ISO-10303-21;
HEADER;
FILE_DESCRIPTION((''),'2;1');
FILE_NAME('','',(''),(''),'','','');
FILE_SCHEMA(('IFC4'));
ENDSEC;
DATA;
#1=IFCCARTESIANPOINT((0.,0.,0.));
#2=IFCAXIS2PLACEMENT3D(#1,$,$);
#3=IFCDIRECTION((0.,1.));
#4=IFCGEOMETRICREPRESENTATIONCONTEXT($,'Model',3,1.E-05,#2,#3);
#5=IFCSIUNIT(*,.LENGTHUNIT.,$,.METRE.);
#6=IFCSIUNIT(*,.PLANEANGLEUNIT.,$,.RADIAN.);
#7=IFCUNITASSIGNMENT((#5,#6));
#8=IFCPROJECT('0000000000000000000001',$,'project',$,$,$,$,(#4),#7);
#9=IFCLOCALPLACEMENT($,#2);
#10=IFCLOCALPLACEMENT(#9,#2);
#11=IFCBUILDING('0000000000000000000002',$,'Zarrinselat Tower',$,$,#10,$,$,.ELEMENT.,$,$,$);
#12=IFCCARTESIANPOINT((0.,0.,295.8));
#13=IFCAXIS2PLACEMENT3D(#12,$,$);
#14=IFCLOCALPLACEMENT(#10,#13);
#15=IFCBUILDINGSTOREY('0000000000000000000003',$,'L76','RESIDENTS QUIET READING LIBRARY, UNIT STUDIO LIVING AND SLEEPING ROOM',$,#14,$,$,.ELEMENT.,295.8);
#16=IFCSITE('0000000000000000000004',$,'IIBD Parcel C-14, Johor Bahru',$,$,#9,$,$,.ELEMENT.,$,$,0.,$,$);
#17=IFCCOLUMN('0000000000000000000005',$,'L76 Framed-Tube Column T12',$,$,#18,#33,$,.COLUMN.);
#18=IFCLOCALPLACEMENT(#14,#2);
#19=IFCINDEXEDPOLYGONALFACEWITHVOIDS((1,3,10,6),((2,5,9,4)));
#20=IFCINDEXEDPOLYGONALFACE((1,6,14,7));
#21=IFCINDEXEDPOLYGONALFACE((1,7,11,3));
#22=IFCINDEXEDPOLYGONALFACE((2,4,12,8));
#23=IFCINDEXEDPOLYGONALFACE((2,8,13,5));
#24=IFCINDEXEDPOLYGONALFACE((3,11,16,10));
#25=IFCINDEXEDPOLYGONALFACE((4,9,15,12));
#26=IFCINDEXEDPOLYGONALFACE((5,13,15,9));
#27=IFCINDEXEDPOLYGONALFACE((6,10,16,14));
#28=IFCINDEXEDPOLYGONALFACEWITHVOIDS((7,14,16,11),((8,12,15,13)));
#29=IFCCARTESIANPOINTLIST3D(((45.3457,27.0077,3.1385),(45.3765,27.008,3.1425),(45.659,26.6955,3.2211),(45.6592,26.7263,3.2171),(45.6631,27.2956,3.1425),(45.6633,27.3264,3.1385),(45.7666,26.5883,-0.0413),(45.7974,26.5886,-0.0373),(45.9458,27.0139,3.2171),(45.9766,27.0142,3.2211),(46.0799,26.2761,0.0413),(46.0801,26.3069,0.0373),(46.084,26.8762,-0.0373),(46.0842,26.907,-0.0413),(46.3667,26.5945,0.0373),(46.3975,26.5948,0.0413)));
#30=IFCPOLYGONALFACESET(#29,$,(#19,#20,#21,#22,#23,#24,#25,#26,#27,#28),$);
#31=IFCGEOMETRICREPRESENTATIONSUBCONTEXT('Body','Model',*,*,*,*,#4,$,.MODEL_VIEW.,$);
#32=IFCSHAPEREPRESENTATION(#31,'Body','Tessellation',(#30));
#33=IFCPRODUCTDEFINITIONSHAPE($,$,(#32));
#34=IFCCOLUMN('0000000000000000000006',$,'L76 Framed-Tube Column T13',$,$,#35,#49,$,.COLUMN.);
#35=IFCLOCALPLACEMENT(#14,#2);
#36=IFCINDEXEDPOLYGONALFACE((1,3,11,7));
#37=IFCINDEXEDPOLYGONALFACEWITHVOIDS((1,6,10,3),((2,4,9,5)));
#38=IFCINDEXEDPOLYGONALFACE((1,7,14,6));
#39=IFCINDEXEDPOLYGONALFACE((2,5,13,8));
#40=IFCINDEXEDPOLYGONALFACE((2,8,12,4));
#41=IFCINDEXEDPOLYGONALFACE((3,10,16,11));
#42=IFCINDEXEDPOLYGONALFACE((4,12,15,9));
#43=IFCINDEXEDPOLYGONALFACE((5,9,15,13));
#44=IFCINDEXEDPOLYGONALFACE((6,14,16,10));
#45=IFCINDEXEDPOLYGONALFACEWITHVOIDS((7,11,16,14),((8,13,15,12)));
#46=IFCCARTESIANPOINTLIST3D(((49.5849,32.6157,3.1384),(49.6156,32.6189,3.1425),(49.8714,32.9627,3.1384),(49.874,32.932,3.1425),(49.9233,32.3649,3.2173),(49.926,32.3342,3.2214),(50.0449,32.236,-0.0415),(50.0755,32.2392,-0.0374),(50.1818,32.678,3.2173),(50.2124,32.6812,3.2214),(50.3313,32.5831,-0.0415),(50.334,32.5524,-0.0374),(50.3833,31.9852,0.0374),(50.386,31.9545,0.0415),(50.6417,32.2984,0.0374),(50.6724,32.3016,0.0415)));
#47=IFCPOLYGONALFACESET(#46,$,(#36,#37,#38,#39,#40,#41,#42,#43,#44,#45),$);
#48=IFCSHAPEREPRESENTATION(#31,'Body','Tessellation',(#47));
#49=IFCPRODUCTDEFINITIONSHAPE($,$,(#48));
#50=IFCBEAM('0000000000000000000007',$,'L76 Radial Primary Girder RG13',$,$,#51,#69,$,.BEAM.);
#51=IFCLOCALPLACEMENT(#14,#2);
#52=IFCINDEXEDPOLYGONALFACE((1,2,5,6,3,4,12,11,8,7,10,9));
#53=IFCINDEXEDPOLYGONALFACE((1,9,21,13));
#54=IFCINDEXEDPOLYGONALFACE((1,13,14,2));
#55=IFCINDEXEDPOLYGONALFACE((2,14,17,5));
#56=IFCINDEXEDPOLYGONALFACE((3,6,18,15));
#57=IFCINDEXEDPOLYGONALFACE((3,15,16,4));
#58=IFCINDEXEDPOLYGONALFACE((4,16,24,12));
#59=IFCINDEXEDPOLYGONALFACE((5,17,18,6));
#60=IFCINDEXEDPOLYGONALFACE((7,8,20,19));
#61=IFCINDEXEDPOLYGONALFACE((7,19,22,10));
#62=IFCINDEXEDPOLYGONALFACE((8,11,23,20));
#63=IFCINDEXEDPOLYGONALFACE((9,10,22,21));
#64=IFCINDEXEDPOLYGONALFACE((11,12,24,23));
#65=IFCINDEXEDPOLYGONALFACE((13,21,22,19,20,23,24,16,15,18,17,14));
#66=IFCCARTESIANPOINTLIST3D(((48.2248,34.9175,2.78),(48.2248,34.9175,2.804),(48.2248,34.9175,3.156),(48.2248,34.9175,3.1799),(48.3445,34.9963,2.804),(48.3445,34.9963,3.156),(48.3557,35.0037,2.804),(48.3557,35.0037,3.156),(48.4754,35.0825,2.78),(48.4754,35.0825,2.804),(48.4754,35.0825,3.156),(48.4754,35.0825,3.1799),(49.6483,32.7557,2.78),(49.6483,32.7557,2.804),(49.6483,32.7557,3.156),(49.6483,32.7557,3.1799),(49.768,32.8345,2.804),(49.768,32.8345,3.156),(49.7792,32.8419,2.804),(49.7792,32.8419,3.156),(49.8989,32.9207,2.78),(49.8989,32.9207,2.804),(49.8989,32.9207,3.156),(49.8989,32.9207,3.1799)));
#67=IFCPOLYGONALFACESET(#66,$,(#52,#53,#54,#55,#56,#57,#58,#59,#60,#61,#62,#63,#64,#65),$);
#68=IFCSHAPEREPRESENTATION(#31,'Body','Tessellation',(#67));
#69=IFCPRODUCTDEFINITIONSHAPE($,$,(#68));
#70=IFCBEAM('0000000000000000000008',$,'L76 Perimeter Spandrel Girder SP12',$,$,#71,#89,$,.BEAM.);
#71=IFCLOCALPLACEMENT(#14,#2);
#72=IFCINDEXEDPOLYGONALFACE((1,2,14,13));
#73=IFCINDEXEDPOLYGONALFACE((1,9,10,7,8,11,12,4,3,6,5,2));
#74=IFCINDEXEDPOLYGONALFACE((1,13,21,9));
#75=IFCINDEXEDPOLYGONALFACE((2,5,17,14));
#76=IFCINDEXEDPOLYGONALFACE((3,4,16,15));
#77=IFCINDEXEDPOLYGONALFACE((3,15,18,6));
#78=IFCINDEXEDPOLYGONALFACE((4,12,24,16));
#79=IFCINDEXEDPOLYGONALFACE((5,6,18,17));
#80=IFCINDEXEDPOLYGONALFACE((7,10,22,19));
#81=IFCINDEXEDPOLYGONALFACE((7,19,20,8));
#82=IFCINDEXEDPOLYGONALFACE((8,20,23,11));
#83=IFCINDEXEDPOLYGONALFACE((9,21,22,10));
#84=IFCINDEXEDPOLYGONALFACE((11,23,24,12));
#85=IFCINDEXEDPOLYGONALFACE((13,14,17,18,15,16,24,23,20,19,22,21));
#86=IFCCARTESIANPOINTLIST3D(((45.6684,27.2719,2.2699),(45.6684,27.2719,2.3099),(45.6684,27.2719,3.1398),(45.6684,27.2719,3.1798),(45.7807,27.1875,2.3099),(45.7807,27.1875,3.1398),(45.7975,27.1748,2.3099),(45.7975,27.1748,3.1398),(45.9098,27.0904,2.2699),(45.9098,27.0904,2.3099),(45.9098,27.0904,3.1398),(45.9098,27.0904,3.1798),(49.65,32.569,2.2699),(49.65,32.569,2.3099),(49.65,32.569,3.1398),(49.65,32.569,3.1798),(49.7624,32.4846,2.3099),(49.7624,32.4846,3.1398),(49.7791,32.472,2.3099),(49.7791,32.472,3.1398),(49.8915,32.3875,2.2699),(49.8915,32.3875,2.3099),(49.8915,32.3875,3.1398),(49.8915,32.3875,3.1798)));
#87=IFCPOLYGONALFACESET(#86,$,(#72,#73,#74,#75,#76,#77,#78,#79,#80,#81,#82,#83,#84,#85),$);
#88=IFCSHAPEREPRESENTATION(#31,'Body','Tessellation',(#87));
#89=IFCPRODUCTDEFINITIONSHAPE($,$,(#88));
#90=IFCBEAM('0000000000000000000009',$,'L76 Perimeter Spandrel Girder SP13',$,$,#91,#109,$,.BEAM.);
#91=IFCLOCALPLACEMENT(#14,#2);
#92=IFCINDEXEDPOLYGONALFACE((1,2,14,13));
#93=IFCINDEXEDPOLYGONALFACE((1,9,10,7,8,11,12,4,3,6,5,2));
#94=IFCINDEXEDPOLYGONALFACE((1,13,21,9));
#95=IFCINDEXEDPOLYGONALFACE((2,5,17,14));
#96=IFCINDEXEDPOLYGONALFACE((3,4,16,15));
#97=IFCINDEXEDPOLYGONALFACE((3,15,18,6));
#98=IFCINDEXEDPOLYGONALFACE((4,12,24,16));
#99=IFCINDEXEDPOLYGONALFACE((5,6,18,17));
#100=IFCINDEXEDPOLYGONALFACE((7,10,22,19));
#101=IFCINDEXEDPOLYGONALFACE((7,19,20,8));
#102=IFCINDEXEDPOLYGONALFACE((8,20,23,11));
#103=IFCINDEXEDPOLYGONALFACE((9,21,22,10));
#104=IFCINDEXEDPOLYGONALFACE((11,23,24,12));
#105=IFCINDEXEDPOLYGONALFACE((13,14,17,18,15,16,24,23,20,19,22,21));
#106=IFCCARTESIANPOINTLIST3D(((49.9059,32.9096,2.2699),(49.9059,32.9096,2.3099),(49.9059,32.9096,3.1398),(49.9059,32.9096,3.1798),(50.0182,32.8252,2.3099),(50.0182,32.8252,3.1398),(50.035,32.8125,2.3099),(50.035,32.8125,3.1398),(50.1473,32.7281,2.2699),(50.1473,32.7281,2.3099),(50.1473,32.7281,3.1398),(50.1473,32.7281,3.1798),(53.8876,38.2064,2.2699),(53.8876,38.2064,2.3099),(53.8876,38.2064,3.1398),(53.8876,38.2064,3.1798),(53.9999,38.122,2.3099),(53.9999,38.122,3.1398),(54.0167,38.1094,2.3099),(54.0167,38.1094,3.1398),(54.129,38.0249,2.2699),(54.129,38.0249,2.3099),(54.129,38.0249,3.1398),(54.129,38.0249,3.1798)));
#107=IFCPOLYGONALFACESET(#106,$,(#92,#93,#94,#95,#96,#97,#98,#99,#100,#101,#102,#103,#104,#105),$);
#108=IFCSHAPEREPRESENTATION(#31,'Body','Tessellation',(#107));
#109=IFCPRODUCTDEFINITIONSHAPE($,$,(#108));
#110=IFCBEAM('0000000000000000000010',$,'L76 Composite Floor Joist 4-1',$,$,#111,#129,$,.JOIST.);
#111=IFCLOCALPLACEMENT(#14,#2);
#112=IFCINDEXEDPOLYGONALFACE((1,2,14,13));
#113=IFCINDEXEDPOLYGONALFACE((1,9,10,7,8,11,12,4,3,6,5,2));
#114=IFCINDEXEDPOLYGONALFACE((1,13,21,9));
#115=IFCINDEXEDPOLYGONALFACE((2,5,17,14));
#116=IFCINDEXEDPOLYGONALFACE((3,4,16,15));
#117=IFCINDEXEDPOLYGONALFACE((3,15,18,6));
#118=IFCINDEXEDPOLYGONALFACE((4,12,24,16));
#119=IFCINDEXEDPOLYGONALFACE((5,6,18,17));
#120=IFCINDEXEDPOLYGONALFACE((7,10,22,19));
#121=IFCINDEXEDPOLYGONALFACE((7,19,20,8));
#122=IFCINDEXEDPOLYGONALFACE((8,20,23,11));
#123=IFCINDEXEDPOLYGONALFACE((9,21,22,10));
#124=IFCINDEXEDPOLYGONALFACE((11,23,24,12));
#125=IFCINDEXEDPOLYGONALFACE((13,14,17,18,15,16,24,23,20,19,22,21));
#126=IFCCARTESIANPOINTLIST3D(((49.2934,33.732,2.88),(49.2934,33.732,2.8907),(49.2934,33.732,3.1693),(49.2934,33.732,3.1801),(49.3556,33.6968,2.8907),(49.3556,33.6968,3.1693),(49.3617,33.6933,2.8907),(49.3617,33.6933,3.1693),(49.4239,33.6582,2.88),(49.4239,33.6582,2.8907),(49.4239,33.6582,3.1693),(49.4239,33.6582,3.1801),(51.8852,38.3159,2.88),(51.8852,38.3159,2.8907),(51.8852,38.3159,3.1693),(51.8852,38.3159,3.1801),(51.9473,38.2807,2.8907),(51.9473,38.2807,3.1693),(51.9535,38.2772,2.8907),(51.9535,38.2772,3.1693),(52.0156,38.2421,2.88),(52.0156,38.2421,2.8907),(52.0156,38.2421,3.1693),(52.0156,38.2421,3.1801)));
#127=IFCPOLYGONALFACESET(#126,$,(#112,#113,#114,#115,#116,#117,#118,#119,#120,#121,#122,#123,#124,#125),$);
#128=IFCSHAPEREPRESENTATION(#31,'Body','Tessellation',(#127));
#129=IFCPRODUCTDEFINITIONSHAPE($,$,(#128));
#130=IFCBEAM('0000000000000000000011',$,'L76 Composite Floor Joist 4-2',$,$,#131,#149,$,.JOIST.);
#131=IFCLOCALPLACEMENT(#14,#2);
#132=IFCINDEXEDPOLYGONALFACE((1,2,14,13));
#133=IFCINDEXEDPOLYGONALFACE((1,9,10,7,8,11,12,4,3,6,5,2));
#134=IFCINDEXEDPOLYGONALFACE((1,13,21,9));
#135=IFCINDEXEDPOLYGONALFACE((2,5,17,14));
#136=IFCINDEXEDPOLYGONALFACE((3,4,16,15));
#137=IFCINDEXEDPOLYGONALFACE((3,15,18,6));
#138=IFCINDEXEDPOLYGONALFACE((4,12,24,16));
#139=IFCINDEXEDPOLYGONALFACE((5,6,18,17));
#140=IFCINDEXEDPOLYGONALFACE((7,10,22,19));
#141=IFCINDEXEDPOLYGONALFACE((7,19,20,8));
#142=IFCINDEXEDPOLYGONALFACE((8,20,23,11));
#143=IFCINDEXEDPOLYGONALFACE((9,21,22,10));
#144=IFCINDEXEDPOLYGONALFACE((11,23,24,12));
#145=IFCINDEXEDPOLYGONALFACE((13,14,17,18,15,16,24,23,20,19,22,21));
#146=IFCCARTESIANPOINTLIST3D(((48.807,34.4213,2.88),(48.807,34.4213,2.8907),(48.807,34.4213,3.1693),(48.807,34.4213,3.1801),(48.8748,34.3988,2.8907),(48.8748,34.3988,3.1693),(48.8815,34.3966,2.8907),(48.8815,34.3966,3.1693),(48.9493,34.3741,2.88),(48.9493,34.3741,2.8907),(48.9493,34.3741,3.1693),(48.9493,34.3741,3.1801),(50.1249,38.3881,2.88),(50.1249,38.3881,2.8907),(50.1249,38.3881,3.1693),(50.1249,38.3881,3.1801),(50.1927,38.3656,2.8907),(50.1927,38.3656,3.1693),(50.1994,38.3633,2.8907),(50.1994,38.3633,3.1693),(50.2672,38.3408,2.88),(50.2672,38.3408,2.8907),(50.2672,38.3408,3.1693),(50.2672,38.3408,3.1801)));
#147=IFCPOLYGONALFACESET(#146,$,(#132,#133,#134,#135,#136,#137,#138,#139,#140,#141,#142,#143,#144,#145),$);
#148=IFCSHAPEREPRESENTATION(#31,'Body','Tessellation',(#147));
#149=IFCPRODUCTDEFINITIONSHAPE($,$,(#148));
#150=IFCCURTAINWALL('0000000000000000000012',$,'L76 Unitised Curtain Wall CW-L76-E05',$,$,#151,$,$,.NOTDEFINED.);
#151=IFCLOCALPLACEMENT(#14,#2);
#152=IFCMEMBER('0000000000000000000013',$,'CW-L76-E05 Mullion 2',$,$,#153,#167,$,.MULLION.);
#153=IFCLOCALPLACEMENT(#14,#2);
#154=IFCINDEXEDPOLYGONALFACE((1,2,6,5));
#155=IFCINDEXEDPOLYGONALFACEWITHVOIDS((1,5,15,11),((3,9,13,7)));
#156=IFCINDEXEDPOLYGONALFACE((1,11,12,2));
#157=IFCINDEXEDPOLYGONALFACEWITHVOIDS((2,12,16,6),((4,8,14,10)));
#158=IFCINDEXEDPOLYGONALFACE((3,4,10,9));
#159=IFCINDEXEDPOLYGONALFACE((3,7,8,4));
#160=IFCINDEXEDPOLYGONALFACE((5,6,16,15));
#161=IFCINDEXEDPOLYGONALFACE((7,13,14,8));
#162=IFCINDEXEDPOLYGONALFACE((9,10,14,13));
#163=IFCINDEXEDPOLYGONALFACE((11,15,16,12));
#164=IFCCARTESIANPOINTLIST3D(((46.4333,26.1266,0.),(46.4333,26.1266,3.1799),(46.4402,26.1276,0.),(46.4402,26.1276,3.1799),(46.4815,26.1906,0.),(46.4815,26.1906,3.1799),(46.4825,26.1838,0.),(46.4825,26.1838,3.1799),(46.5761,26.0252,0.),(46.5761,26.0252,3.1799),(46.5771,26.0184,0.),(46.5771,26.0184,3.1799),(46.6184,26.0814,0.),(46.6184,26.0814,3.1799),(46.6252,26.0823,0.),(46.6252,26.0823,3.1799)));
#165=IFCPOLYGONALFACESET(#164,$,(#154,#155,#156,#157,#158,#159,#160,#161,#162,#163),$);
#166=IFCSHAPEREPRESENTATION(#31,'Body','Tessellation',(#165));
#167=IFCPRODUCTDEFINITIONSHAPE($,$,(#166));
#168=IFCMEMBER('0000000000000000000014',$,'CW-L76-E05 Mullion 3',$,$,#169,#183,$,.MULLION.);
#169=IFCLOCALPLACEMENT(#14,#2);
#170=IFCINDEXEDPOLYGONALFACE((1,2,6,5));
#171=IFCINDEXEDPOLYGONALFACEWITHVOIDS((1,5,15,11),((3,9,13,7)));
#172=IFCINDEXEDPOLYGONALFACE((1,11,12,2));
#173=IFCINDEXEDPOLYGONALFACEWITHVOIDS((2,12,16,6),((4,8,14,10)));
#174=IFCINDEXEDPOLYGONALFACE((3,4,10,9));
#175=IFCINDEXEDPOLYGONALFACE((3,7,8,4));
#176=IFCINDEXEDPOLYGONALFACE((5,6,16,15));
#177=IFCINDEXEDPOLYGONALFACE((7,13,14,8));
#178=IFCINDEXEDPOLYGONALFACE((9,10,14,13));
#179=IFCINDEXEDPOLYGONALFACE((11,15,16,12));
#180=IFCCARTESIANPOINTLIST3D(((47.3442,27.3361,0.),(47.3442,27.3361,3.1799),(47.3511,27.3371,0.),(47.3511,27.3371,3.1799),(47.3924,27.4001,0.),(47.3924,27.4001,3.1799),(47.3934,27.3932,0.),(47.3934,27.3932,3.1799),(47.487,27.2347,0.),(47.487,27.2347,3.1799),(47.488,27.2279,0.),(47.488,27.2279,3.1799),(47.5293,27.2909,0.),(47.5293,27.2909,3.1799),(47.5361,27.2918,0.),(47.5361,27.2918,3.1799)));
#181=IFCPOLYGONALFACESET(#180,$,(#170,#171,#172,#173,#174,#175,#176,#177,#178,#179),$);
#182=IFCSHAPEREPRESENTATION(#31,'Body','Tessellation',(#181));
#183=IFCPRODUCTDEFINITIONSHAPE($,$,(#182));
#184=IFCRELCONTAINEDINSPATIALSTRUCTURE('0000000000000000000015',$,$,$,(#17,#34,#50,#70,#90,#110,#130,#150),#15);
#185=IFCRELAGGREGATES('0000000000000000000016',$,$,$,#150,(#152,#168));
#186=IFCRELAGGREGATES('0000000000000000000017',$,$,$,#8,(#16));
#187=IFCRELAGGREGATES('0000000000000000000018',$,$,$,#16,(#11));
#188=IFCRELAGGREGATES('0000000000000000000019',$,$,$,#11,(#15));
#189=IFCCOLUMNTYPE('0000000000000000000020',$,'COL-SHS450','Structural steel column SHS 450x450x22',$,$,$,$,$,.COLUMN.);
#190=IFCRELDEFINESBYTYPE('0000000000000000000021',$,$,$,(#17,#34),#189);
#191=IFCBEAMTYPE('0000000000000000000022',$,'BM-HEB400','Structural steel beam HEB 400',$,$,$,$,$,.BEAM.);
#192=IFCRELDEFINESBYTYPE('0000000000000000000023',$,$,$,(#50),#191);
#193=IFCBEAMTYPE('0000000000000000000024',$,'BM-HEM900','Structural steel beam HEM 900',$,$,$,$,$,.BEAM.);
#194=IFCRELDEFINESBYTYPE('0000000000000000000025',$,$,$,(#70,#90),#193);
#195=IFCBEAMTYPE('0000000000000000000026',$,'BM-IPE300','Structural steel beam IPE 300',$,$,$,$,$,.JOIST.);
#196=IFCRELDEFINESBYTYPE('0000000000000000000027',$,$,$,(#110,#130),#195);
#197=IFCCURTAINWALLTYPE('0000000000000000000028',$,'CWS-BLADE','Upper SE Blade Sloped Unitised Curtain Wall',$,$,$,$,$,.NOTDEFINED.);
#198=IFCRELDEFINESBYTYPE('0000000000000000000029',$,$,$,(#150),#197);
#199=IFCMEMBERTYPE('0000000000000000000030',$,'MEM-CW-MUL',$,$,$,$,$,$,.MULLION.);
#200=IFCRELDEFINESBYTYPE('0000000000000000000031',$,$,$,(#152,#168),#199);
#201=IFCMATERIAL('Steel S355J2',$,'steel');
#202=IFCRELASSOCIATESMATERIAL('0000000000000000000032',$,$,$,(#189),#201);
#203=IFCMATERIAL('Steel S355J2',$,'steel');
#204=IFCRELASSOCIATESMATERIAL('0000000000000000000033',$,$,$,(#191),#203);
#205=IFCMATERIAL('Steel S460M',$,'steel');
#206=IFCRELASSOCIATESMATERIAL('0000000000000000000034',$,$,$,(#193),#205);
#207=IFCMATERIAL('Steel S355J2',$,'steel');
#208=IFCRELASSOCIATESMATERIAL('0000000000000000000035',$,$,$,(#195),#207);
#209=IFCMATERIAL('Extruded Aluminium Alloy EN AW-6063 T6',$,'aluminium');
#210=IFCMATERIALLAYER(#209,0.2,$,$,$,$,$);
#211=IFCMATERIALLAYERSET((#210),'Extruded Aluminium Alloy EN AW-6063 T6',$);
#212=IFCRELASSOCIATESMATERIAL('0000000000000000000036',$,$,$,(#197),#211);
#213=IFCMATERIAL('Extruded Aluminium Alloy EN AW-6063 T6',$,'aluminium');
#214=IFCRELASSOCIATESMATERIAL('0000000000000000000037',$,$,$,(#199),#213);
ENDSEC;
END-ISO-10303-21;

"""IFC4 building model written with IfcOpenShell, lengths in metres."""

from ifc_helpers import new_model, si_unit, direction, frame, origin, origin_2d, place, context, subcontext, project, spatial, hollow_rectangle, i_section, extrude, material, layer, layer_set, material_profile, profile_set, type_object, element, aggregate, save


model = new_model("IFC4")

# Units and contexts
model_context = context("Model", 3, precision=1e-05, world=origin(), true_north=direction((0.0, 1.0)))
body_context = subcontext(model_context, "Body", "Model", "MODEL_VIEW")
ifc_project = project(units=[si_unit("LENGTHUNIT", "METRE"), si_unit("PLANEANGLEUNIT", "RADIAN")], contexts=[model_context])

# Site, building, storey
site_placement = place(None, origin())
site = spatial("IfcSite", under=ifc_project, at=site_placement, Name="IIBD Parcel C-14, Johor Bahru", CompositionType="ELEMENT", RefElevation=0.0)
building_placement = place(site_placement, origin())
building = spatial("IfcBuilding", under=site, at=building_placement, Name="Zarrinselat Tower", CompositionType="ELEMENT")
storey_placement = place(building_placement, frame((0.0, 0.0, 295.8)))
storey = spatial("IfcBuildingStorey", under=building, at=storey_placement, Name="L76", Description="RESIDENTS QUIET READING LIBRARY, UNIT STUDIO LIVING AND SLEEPING ROOM", CompositionType="ELEMENT", Elevation=295.8)

# Columns
ifc_material_1 = material(Name="Steel S355J2", Category="steel")
ifc_material_profile_1 = material_profile(ifc_material_1, hollow_rectangle(XDim=0.45, YDim=0.45, WallThickness=0.022, at=origin_2d()), Name="SHS 450x450x22")
ifc_profile_set_1 = profile_set([ifc_material_profile_1], Name="Steel S355J2")
column_type = type_object("IfcColumnType", Name="COL-SHS450", Description="Structural steel column SHS 450x450x22", PredefinedType="COLUMN", material=ifc_profile_set_1)
column_1_placement = place(storey_placement, frame((46.082, 26.5916, 0.0), z_axis=(-0.130109, 0.129656, 0.982986), x_axis=(-0.705873, -0.708338, 0.0)))
element("IfcColumn", 1, at=column_1_placement, inside=storey, type_object=column_type, Name="L76 Framed-Tube Column T12", PredefinedType="COLUMN", context=body_context, shape_type="SweptSolid", body=[
    extrude(hollow_rectangle(XDim=0.45, YDim=0.45, WallThickness=0.022, at=origin_2d()), origin(), (0.0, 0.0, 1.0), 3.2349),
])
column_2_placement = place(storey_placement, frame((50.3586, 32.2688, 0.0), z_axis=(-0.142166, 0.11734, 0.982863), x_axis=(-0.636553, -0.771233, 0.0)))
element("IfcColumn", 2, at=column_2_placement, inside=storey, type_object=column_type, Name="L76 Framed-Tube Column T13", PredefinedType="COLUMN", context=body_context, shape_type="SweptSolid", body=[
    extrude(hollow_rectangle(XDim=0.45, YDim=0.45, WallThickness=0.022, at=origin_2d()), origin(), (0.0, 0.0, 1.0), 3.2354),
])

# Beams
ifc_material_2 = material(Name="Steel S355J2", Category="steel")
ifc_material_profile_2 = material_profile(ifc_material_2, i_section(OverallWidth=0.3, OverallDepth=0.3999, WebThickness=0.0134, FlangeThickness=0.0239, at=origin_2d()), Name="HEB 400")
ifc_profile_set_2 = profile_set([ifc_material_profile_2], Name="Steel S355J2")
beam_type_1 = type_object("IfcBeamType", Name="BM-HEB400", Description="Structural steel beam HEB 400", PredefinedType="BEAM", material=ifc_profile_set_2)
beam_1_placement = place(storey_placement, frame((48.3501, 35.0, 2.98), z_axis=(0.549968, -0.835186, 0.0), x_axis=(0.835186, 0.549968, 0.0)))
element("IfcBeam", 3, at=beam_1_placement, inside=storey, type_object=beam_type_1, Name="L76 Radial Primary Girder RG13", PredefinedType="BEAM", context=body_context, shape_type="SweptSolid", body=[
    extrude(i_section(OverallWidth=0.3, OverallDepth=0.3999, WebThickness=0.0134, FlangeThickness=0.0239, at=origin_2d()), origin(), (0.0, 0.0, 1.0), 2.5884),
])
ifc_material_3 = material(Name="Steel S460M", Category="steel")
ifc_material_profile_3 = material_profile(ifc_material_3, i_section(OverallWidth=0.302, OverallDepth=0.9099, WebThickness=0.021, FlangeThickness=0.04, at=origin_2d()), Name="HEM 900")
ifc_profile_set_3 = profile_set([ifc_material_profile_3], Name="Steel S460M")
beam_type_2 = type_object("IfcBeamType", Name="BM-HEM900", Description="Structural steel beam HEM 900", PredefinedType="BEAM", material=ifc_profile_set_3)
beam_2_placement = place(storey_placement, frame((45.7891, 27.1812, 2.7249), z_axis=(0.600854, 0.799358, 0.0), x_axis=(-0.799358, 0.600854, 0.0)))
element("IfcBeam", 4, at=beam_2_placement, inside=storey, type_object=beam_type_2, Name="L76 Perimeter Spandrel Girder SP12", PredefinedType="BEAM", context=body_context, shape_type="SweptSolid", body=[
    extrude(i_section(OverallWidth=0.302, OverallDepth=0.9099, WebThickness=0.021, FlangeThickness=0.04, at=origin_2d()), origin(), (0.0, 0.0, 1.0), 6.6267),
])
beam_3_placement = place(storey_placement, frame((50.0266, 32.8188, 2.7249), z_axis=(0.600872, 0.799345, 0.0), x_axis=(-0.799345, 0.600872, 0.0)))
element("IfcBeam", 5, at=beam_3_placement, inside=storey, type_object=beam_type_2, Name="L76 Perimeter Spandrel Girder SP13", PredefinedType="BEAM", context=body_context, shape_type="SweptSolid", body=[
    extrude(i_section(OverallWidth=0.302, OverallDepth=0.9099, WebThickness=0.021, FlangeThickness=0.04, at=origin_2d()), origin(), (0.0, 0.0, 1.0), 6.6265),
])
ifc_material_4 = material(Name="Steel S355J2", Category="steel")
ifc_material_profile_4 = material_profile(ifc_material_4, i_section(OverallWidth=0.1499, OverallDepth=0.3, WebThickness=0.0071, FlangeThickness=0.0107, at=origin_2d()), Name="IPE 300")
ifc_profile_set_4 = profile_set([ifc_material_profile_4], Name="Steel S355J2")
beam_type_3 = type_object("IfcBeamType", Name="BM-IPE300", Description="Structural steel beam IPE 300", PredefinedType="JOIST", material=ifc_profile_set_4)
beam_4_placement = place(storey_placement, frame((49.3586, 33.6951, 3.03), z_axis=(0.492179, 0.870494, 0.0), x_axis=(-0.870494, 0.492179, 0.0)))
element("IfcBeam", 6, at=beam_4_placement, inside=storey, type_object=beam_type_3, Name="L76 Composite Floor Joist 4-1", PredefinedType="JOIST", context=body_context, shape_type="SweptSolid", body=[
    extrude(i_section(OverallWidth=0.1499, OverallDepth=0.3, WebThickness=0.0071, FlangeThickness=0.0107, at=origin_2d()), origin(), (0.0, 0.0, 1.0), 5.2659),
])
beam_5_placement = place(storey_placement, frame((48.8782, 34.3977, 3.03), z_axis=(0.315281, 0.948998, 0.0), x_axis=(-0.948998, 0.315281, 0.0)))
element("IfcBeam", 7, at=beam_5_placement, inside=storey, type_object=beam_type_3, Name="L76 Composite Floor Joist 4-2", PredefinedType="JOIST", context=body_context, shape_type="SweptSolid", body=[
    extrude(i_section(OverallWidth=0.1499, OverallDepth=0.3, WebThickness=0.0071, FlangeThickness=0.0107, at=origin_2d()), origin(), (0.0, 0.0, 1.0), 4.1799),
])

# Curtain wall, members
ifc_material_5 = material(Name="Extruded Aluminium Alloy EN AW-6063 T6", Category="aluminium")
ifc_layer_1 = layer(ifc_material_5, 0.2)
ifc_layer_set_1 = layer_set([ifc_layer_1], Name="Extruded Aluminium Alloy EN AW-6063 T6")
curtain_wall_type = type_object("IfcCurtainWallType", Name="CWS-BLADE", Description="Upper SE Blade Sloped Unitised Curtain Wall", PredefinedType="NOTDEFINED", material=ifc_layer_set_1)
curtain_wall_placement = place(storey_placement, origin())
curtain_wall = element("IfcCurtainWall", 8, at=curtain_wall_placement, inside=storey, type_object=curtain_wall_type, Name="L76 Unitised Curtain Wall CW-L76-E05", PredefinedType="NOTDEFINED")
ifc_material_6 = material(Name="Extruded Aluminium Alloy EN AW-6063 T6", Category="aluminium")
ifc_material_profile_5 = material_profile(ifc_material_6, hollow_rectangle(XDim=0.0801, YDim=0.1799, WallThickness=0.0049, at=origin_2d()), Name="RHS 180x80x5")
ifc_profile_set_5 = profile_set([ifc_material_profile_5], Name="Extruded Aluminium Alloy EN AW-6063 T6")
member_type_1 = type_object("IfcMemberType", Name="MEM-CW-MUL", PredefinedType="MULLION", material=ifc_profile_set_5)
member_1_placement = place(storey_placement, frame((46.5293, 26.1045, 0.0), z_axis=(0.0, 0.0, 1.0), x_axis=(0.601673, 0.798743, 0.0)))
member_1 = element("IfcMember", 9, at=member_1_placement, type_object=member_type_1, Name="CW-L76-E05 Mullion 2", PredefinedType="MULLION", context=body_context, shape_type="SweptSolid", body=[
    extrude(hollow_rectangle(XDim=0.0801, YDim=0.1799, WallThickness=0.0049, at=origin_2d()), origin(), (0.0, 0.0, 1.0), 3.1799),
])
member_2_placement = place(storey_placement, frame((47.4402, 27.314, 0.0), z_axis=(0.0, 0.0, 1.0), x_axis=(0.601673, 0.798743, 0.0)))
member_2 = element("IfcMember", 10, at=member_2_placement, type_object=member_type_1, Name="CW-L76-E05 Mullion 3", PredefinedType="MULLION", context=body_context, shape_type="SweptSolid", body=[
    extrude(hollow_rectangle(XDim=0.0801, YDim=0.1799, WallThickness=0.0049, at=origin_2d()), origin(), (0.0, 0.0, 1.0), 3.1799),
])
aggregate(curtain_wall, [member_1, member_2])

save(model, "model.ifc")
